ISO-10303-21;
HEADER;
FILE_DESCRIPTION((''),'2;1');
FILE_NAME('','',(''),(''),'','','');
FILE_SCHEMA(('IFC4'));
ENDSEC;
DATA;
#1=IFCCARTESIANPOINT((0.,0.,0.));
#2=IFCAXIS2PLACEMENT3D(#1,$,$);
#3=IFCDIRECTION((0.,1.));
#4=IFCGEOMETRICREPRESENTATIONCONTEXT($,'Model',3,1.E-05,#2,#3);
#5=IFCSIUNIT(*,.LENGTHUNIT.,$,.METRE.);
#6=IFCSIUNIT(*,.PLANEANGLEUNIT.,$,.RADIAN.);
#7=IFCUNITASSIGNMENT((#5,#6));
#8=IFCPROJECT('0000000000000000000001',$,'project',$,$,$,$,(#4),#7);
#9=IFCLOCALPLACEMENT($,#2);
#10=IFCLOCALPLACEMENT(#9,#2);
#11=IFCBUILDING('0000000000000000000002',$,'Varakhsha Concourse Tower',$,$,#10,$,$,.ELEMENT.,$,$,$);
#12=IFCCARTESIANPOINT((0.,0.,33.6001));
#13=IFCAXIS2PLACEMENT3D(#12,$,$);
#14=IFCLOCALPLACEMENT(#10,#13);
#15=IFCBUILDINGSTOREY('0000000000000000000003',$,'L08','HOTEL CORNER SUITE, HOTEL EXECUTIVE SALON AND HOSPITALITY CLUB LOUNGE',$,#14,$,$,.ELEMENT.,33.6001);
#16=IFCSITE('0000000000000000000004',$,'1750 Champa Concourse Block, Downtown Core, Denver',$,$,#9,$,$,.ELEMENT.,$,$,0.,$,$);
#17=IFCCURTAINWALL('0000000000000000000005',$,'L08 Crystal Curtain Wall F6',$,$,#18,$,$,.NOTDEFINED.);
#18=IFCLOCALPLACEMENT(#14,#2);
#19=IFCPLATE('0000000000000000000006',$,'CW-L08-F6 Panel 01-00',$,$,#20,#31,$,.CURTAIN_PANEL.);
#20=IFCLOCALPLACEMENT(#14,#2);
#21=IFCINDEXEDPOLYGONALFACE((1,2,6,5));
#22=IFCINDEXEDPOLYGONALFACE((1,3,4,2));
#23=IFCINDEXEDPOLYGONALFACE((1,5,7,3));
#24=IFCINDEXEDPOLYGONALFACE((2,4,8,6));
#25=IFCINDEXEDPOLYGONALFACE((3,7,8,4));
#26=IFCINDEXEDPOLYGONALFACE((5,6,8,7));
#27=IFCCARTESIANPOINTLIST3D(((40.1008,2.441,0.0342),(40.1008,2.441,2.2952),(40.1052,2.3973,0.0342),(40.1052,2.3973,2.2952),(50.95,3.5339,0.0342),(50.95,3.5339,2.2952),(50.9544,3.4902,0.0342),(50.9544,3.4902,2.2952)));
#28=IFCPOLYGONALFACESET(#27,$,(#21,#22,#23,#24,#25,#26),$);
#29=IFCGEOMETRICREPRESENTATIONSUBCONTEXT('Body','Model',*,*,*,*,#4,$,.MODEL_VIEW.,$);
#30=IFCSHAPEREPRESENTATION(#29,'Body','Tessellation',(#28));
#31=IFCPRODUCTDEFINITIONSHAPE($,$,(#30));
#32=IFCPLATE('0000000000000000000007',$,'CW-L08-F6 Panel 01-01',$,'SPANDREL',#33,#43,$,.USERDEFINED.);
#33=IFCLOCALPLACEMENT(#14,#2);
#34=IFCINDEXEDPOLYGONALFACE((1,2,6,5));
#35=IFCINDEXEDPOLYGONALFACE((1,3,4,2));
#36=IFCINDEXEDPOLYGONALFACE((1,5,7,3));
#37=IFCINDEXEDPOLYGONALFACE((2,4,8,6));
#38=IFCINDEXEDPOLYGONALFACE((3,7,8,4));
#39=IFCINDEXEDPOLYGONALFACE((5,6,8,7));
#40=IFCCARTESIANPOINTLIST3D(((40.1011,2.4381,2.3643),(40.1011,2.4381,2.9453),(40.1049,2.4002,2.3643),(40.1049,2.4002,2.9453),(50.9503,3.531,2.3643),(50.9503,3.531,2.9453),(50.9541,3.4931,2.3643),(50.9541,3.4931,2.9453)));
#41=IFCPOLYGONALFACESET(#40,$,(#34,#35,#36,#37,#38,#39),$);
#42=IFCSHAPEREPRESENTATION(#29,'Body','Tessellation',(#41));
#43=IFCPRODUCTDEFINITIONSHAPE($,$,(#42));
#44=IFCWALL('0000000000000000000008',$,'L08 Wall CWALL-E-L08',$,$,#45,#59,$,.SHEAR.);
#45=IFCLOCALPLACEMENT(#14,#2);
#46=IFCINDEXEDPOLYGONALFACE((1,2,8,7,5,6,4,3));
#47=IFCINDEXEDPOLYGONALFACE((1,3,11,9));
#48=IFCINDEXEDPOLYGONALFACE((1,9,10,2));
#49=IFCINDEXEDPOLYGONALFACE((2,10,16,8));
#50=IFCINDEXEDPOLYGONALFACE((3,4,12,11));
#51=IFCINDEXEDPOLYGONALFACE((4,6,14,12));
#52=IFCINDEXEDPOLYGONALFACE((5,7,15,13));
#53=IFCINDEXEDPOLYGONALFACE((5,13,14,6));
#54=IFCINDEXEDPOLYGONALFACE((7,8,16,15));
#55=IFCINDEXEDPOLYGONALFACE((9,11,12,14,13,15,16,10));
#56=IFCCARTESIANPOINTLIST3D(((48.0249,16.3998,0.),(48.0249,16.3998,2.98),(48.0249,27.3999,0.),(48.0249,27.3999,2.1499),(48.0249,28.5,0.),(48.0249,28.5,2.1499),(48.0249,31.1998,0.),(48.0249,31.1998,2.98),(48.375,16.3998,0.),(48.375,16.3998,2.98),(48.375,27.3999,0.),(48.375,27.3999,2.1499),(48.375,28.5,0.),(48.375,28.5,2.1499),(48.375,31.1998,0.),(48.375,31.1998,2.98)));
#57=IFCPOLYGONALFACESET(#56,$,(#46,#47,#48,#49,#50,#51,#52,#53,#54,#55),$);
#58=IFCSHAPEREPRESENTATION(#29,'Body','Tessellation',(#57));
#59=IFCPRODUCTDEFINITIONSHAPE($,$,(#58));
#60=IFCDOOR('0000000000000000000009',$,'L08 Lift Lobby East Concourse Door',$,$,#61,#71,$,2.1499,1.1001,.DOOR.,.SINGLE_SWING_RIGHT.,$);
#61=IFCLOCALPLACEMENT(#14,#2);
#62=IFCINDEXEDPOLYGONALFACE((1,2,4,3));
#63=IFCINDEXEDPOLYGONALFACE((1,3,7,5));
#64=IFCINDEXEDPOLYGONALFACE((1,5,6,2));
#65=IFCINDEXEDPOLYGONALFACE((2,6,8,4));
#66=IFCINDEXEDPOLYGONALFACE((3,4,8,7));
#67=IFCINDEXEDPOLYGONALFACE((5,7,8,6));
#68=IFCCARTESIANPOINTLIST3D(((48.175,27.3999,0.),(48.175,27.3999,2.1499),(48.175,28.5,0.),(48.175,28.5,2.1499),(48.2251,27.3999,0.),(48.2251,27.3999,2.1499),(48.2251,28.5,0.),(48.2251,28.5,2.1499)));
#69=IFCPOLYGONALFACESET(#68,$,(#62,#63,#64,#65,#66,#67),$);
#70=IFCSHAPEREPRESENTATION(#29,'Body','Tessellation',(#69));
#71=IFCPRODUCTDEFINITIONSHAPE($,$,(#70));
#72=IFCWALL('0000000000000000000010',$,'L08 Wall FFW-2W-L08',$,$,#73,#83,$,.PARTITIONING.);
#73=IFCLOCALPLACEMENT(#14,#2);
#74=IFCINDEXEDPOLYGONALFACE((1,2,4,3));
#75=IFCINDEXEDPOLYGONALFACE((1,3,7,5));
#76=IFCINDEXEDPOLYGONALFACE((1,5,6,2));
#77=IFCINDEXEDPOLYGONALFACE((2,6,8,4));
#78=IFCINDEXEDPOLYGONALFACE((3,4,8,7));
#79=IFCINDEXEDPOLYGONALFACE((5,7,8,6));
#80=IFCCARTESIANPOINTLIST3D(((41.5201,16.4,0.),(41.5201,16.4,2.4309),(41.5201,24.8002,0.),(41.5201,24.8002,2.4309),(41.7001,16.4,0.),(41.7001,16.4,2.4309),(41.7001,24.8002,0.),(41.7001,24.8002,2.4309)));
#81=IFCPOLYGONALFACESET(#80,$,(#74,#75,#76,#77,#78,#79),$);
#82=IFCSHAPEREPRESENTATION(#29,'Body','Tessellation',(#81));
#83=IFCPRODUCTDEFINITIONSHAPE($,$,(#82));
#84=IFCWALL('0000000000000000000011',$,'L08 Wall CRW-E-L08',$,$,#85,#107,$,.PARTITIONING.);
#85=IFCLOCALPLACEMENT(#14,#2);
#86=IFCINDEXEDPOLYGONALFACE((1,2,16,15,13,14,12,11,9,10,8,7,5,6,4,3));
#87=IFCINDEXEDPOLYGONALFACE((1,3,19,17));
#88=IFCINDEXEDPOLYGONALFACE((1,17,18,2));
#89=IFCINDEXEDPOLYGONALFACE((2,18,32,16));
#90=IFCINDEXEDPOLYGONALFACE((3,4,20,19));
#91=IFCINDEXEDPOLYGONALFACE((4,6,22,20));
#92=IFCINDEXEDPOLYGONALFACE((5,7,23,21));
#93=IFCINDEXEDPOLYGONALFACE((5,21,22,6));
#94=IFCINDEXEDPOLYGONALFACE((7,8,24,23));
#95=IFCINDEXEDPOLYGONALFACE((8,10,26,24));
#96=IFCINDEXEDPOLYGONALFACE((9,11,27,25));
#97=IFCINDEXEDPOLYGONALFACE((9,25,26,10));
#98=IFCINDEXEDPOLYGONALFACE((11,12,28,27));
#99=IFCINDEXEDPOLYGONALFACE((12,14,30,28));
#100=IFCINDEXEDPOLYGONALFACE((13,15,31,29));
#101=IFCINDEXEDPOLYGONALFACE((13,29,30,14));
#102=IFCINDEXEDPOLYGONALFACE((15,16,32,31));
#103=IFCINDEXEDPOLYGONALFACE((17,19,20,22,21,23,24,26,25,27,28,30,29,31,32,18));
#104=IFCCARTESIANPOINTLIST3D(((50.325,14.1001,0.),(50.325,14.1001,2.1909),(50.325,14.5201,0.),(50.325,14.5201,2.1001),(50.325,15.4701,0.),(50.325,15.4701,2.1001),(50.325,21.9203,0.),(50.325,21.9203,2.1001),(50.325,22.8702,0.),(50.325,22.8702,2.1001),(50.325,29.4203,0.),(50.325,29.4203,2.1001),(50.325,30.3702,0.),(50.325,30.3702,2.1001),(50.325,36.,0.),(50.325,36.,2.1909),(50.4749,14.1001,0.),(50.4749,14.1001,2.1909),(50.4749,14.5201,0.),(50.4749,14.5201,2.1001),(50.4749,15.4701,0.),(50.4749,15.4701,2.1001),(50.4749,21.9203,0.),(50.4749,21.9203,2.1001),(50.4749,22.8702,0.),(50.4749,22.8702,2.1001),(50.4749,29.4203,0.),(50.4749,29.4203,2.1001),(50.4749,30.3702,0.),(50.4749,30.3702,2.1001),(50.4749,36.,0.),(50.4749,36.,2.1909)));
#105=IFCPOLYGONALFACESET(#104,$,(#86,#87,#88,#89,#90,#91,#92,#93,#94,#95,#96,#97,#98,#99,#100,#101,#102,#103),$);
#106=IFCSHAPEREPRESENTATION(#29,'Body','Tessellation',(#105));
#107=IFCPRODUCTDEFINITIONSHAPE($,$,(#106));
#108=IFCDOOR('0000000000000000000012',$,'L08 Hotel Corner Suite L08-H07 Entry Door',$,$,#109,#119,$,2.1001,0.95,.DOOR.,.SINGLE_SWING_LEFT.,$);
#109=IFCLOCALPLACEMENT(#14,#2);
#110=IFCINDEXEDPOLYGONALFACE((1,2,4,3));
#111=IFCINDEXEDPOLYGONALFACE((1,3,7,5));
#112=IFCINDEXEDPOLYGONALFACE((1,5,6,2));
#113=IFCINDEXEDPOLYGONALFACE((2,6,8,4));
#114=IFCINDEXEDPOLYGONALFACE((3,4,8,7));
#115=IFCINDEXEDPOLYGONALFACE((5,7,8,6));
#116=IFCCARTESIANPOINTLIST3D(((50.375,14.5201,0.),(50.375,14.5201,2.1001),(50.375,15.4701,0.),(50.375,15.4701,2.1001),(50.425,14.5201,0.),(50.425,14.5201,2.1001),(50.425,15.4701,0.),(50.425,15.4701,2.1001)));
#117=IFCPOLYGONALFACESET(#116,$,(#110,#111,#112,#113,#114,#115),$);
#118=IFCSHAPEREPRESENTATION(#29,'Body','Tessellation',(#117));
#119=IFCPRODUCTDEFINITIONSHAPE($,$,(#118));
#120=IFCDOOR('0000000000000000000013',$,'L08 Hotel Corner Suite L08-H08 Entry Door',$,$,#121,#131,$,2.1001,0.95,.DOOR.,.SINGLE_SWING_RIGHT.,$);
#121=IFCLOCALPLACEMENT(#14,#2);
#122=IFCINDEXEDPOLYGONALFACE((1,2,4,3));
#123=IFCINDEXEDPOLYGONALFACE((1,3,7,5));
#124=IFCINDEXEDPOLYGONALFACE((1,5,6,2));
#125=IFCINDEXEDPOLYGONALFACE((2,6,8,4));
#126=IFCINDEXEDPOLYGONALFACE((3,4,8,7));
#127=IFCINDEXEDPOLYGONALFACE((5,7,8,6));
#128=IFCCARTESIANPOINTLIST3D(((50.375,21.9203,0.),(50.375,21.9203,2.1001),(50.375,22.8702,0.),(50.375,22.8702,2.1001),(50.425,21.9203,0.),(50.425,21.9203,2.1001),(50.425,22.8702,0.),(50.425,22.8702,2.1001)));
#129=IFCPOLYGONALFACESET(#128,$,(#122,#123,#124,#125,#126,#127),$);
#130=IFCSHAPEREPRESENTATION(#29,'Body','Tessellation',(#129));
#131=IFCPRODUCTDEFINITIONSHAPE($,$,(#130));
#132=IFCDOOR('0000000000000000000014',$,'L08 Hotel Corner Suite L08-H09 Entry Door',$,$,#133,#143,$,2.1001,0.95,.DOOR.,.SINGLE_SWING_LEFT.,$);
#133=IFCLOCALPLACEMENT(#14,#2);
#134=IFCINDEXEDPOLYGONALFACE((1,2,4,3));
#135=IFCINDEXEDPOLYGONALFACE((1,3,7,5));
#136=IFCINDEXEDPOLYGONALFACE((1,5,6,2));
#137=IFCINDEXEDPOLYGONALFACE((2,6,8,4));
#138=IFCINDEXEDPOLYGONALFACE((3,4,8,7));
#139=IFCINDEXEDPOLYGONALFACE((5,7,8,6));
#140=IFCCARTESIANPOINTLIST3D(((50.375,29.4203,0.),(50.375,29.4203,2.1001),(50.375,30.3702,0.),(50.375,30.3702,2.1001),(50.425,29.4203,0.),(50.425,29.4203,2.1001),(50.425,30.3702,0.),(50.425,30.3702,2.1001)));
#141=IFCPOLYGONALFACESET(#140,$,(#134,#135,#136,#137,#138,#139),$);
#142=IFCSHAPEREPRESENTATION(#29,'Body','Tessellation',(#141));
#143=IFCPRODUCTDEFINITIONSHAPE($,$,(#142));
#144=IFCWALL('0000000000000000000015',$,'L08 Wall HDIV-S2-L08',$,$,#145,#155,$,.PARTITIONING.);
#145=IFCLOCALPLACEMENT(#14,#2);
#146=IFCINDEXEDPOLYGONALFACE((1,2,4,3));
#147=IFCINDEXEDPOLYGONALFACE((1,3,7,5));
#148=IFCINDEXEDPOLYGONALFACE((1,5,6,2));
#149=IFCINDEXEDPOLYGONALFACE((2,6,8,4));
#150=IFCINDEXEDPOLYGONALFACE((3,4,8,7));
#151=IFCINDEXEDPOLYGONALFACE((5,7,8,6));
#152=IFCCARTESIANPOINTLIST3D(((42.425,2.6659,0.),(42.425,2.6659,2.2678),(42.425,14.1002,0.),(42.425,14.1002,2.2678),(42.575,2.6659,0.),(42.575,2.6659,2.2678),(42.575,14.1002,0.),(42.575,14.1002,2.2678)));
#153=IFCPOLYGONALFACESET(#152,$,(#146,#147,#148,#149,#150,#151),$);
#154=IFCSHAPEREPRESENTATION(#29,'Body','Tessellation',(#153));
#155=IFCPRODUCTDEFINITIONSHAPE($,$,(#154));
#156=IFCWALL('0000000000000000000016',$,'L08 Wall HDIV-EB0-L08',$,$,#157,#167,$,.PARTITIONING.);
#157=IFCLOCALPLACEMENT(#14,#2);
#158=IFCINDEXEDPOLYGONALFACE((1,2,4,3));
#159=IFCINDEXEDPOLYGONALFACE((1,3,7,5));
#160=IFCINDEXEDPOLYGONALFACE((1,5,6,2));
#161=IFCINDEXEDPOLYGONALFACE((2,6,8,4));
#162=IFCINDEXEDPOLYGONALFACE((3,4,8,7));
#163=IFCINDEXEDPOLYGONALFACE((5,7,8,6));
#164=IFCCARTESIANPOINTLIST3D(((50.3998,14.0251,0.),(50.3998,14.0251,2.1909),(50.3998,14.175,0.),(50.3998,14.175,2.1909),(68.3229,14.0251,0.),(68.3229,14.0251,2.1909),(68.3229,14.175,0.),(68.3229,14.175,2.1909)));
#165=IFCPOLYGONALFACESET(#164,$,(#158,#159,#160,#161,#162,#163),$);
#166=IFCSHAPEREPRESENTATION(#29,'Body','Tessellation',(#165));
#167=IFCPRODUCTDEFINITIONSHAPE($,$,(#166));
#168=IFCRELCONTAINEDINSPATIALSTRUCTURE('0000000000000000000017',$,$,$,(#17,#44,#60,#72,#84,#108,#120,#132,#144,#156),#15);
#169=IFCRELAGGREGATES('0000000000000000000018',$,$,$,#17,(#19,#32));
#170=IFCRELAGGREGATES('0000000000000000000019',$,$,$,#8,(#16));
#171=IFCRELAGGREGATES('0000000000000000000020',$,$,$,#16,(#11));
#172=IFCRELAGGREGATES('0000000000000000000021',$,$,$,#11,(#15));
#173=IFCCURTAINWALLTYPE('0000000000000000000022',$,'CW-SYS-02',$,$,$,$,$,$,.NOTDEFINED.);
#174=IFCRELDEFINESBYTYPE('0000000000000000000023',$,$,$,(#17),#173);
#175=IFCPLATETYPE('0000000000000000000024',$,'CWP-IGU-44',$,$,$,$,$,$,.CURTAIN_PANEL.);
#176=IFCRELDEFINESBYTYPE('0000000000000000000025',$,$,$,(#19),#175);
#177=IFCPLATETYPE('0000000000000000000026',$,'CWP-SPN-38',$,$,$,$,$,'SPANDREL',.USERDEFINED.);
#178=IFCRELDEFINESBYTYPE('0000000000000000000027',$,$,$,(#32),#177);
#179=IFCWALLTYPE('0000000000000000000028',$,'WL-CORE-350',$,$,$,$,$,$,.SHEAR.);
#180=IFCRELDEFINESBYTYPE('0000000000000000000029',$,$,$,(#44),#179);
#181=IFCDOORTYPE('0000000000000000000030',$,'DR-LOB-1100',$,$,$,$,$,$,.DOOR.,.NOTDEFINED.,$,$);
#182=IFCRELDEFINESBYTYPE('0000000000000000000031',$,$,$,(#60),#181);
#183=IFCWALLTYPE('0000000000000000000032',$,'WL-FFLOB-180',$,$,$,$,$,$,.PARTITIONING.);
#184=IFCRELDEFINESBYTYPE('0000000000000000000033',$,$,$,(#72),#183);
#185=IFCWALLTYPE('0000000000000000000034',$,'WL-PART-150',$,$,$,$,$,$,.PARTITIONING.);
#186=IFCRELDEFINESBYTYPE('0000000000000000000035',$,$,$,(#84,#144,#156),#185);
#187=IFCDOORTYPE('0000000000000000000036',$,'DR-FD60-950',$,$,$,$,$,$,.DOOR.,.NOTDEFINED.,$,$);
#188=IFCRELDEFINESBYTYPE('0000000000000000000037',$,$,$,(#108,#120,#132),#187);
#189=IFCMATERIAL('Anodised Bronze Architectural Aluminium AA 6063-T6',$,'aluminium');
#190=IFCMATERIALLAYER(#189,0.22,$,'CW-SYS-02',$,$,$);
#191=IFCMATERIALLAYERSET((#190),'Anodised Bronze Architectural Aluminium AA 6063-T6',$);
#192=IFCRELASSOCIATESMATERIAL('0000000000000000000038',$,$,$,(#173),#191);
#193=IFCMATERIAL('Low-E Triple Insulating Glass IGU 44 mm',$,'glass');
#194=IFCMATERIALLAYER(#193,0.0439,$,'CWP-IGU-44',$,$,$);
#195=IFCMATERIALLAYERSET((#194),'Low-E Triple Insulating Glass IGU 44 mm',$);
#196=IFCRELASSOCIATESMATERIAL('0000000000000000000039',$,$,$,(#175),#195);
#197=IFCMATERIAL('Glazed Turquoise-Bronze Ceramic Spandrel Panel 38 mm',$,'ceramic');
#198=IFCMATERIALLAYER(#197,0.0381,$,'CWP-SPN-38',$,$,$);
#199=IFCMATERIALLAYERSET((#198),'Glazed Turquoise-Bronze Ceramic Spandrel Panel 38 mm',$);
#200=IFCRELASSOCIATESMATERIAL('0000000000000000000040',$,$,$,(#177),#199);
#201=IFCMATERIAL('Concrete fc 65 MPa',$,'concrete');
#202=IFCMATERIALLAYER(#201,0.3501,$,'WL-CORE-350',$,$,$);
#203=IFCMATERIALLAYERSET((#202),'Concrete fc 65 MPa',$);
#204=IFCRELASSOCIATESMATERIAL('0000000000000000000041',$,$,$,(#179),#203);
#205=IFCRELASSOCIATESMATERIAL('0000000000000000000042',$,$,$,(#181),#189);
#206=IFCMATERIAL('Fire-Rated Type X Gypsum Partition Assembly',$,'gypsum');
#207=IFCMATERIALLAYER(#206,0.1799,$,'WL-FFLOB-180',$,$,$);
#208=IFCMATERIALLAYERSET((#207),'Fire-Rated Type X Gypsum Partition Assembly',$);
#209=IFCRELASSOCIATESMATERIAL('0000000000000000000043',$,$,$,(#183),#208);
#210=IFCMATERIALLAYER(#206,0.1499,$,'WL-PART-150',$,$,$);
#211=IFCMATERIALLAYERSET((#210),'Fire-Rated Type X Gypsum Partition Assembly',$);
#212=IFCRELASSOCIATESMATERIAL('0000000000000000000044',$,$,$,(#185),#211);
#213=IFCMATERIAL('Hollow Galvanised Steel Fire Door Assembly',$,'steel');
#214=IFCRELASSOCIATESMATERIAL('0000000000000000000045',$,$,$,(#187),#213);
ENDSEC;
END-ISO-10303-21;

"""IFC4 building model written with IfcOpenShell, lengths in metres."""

from ifc_helpers import new_model, si_unit, direction, frame, frame_2d, origin, origin_2d, place, context, subcontext, project, spatial, rectangle, extrude, source, transform, mapped, material, layer, layer_set, type_object, type_shapes, element, fill, aggregate, save


model = new_model("IFC4")

# Units and contexts
model_context = context("Model", 3, precision=1e-05, world=origin(), true_north=direction((0.0, 1.0)))
body_context = subcontext(model_context, "Body", "Model", "MODEL_VIEW")
ifc_project = project(units=[si_unit("LENGTHUNIT", "METRE"), si_unit("PLANEANGLEUNIT", "RADIAN")], contexts=[model_context])

# Site, building, storey
site_placement = place(None, origin())
site = spatial("IfcSite", under=ifc_project, at=site_placement, Name="1750 Champa Concourse Block, Downtown Core, Denver", CompositionType="ELEMENT", RefElevation=0.0)
building_placement = place(site_placement, origin())
building = spatial("IfcBuilding", under=site, at=building_placement, Name="Varakhsha Concourse Tower", CompositionType="ELEMENT")
storey_placement = place(building_placement, frame((0.0, 0.0, 33.6001)))
storey = spatial("IfcBuildingStorey", under=building, at=storey_placement, Name="L08", Description="HOTEL CORNER SUITE, HOTEL EXECUTIVE SALON AND HOSPITALITY CLUB LOUNGE", CompositionType="ELEMENT", Elevation=33.6001)

# Curtain wall
ifc_material_1 = material(Name="Anodised Bronze Architectural Aluminium AA 6063-T6", Category="aluminium")
ifc_layer_1 = layer(ifc_material_1, 0.22, Name="CW-SYS-02")
ifc_layer_set_1 = layer_set([ifc_layer_1], Name="Anodised Bronze Architectural Aluminium AA 6063-T6")
curtain_wall_type = type_object("IfcCurtainWallType", Name="CW-SYS-02", PredefinedType="NOTDEFINED", material=ifc_layer_set_1)
curtain_wall_1_placement = place(storey_placement, origin())
curtain_wall_1 = element("IfcCurtainWall", 1, at=curtain_wall_1_placement, inside=storey, type_object=curtain_wall_type, Name="L08 Crystal Curtain Wall F6", PredefinedType="NOTDEFINED")

# Plates
ifc_material_2 = material(Name="Low-E Triple Insulating Glass IGU 44 mm", Category="glass")
ifc_layer_2 = layer(ifc_material_2, 0.0439, Name="CWP-IGU-44")
ifc_layer_set_2 = layer_set([ifc_layer_2], Name="Low-E Triple Insulating Glass IGU 44 mm")
plate_type_1 = type_object("IfcPlateType", Name="CWP-IGU-44", PredefinedType="CURTAIN_PANEL", material=ifc_layer_set_2)
shared_shape_1 = source(origin(), body_context, "Body", "SweptSolid", [
    extrude(rectangle(XDim=10.9041, YDim=0.0439, at=origin_2d()), origin(), (0.0, 0.0, 1.0), 2.261),
])
type_shapes(plate_type_1, [shared_shape_1])
plate_1_placement = place(storey_placement, frame((45.5276, 2.9656, 0.0342), z_axis=(0.0, 0.0, 1.0), x_axis=(-0.994965, -0.100226, 0.0)))
plate_1 = element("IfcPlate", 2, at=plate_1_placement, type_object=plate_type_1, Name="CW-L08-F6 Panel 01-00", PredefinedType="CURTAIN_PANEL", context=body_context, shape_type="MappedRepresentation", body=[
    mapped(shared_shape_1, transform((0.0, 0.0, 0.0), scale=1.0)),
])
ifc_material_3 = material(Name="Glazed Turquoise-Bronze Ceramic Spandrel Panel 38 mm", Category="ceramic")
ifc_layer_3 = layer(ifc_material_3, 0.0381, Name="CWP-SPN-38")
ifc_layer_set_3 = layer_set([ifc_layer_3], Name="Glazed Turquoise-Bronze Ceramic Spandrel Panel 38 mm")
plate_type_2 = type_object("IfcPlateType", Name="CWP-SPN-38", ElementType="SPANDREL", PredefinedType="USERDEFINED", material=ifc_layer_set_3)
shared_shape_2 = source(origin(), body_context, "Body", "SweptSolid", [
    extrude(rectangle(XDim=10.9041, YDim=0.0381, at=origin_2d()), origin(), (0.0, 0.0, 1.0), 0.5811),
])
type_shapes(plate_type_2, [shared_shape_2])
plate_2_placement = place(storey_placement, frame((45.5276, 2.9656, 2.3643), z_axis=(0.0, 0.0, 1.0), x_axis=(-0.994965, -0.100226, 0.0)))
plate_2 = element("IfcPlate", 3, at=plate_2_placement, type_object=plate_type_2, Name="CW-L08-F6 Panel 01-01", ObjectType="SPANDREL", PredefinedType="USERDEFINED", context=body_context, shape_type="MappedRepresentation", body=[
    mapped(shared_shape_2, transform((0.0, 0.0, 0.0), scale=1.0)),
])
aggregate(curtain_wall_1, [plate_1, plate_2])

# Wall, opening, door
ifc_material_4 = material(Name="Concrete fc 65 MPa", Category="concrete")
ifc_layer_4 = layer(ifc_material_4, 0.3501, Name="WL-CORE-350")
ifc_layer_set_4 = layer_set([ifc_layer_4], Name="Concrete fc 65 MPa")
wall_type_1 = type_object("IfcWallType", Name="WL-CORE-350", PredefinedType="SHEAR", material=ifc_layer_set_4)
wall_1_placement = place(storey_placement, frame((48.2, 16.3999, 0.0), z_axis=(0.0, 0.0, 1.0), x_axis=(0.0, 1.0, 0.0)))
wall_1 = element("IfcWall", 4, at=wall_1_placement, inside=storey, type_object=wall_type_1, Name="L08 Wall CWALL-E-L08", PredefinedType="SHEAR", context=body_context, shape_type="SweptSolid", body=[
    extrude(rectangle(XDim=14.8, YDim=0.3501, at=frame_2d((7.3999, 0.0))), origin(), (0.0, 0.0, 1.0), 2.98),
])
opening_1_placement = place(wall_1_placement, frame((11.0, 0.0, 0.0)))
opening_1 = element("IfcOpeningElement", 5, at=opening_1_placement, cuts=wall_1, PredefinedType="OPENING", context=body_context, shape_type="SweptSolid", body=[
    extrude(rectangle(XDim=1.1001, YDim=2.1499, at=frame_2d((0.55, 1.075))), frame((0.0, 0.1851, 0.0), z_axis=(0.0, -1.0, 0.0), x_axis=(1.0, 0.0, 0.0)), (0.0, 0.0, 1.0), 0.3701),
])
door_type_1 = type_object("IfcDoorType", Name="DR-LOB-1100", OperationType="NOTDEFINED", PredefinedType="DOOR", material=ifc_material_1)
door_1_placement = place(opening_1_placement, origin())
door_1 = element("IfcDoor", 6, at=door_1_placement, inside=storey, type_object=door_type_1, Name="L08 Lift Lobby East Concourse Door", OperationType="SINGLE_SWING_RIGHT", OverallHeight=2.1499, OverallWidth=1.1001, PredefinedType="DOOR", context=body_context, shape_type="SweptSolid", body=[
    extrude(rectangle(XDim=1.1001, YDim=2.1499, at=frame_2d((0.55, 1.075))), frame((0.0, 0.0249, 0.0), z_axis=(0.0, -1.0, 0.0), x_axis=(1.0, 0.0, 0.0)), (0.0, 0.0, 1.0), 0.05),
])
fill(opening_1, door_1)

# Wall
ifc_material_5 = material(Name="Fire-Rated Type X Gypsum Partition Assembly", Category="gypsum")
ifc_layer_5 = layer(ifc_material_5, 0.1799, Name="WL-FFLOB-180")
ifc_layer_set_5 = layer_set([ifc_layer_5], Name="Fire-Rated Type X Gypsum Partition Assembly")
wall_type_2 = type_object("IfcWallType", Name="WL-FFLOB-180", PredefinedType="PARTITIONING", material=ifc_layer_set_5)
wall_2_placement = place(storey_placement, frame((41.6101, 16.3999, 0.0), z_axis=(0.0, 0.0, 1.0), x_axis=(0.0, 1.0, 0.0)))
element("IfcWall", 7, at=wall_2_placement, inside=storey, type_object=wall_type_2, Name="L08 Wall FFW-2W-L08", PredefinedType="PARTITIONING", context=body_context, shape_type="SweptSolid", body=[
    extrude(rectangle(XDim=8.4001, YDim=0.1799, at=frame_2d((4.2002, 0.0))), origin(), (0.0, 0.0, 1.0), 2.4309),
])

# Wall, openings, doors
ifc_layer_6 = layer(ifc_material_5, 0.1499, Name="WL-PART-150")
ifc_layer_set_6 = layer_set([ifc_layer_6], Name="Fire-Rated Type X Gypsum Partition Assembly")
wall_type_3 = type_object("IfcWallType", Name="WL-PART-150", PredefinedType="PARTITIONING", material=ifc_layer_set_6)
wall_3_placement = place(storey_placement, frame((50.3999, 14.1001, 0.0), z_axis=(0.0, 0.0, 1.0), x_axis=(0.0, 1.0, 0.0)))
wall_3 = element("IfcWall", 8, at=wall_3_placement, inside=storey, type_object=wall_type_3, Name="L08 Wall CRW-E-L08", PredefinedType="PARTITIONING", context=body_context, shape_type="SweptSolid", body=[
    extrude(rectangle(XDim=21.8999, YDim=0.1499, at=frame_2d((10.95, 0.0))), origin(), (0.0, 0.0, 1.0), 2.1909),
])
opening_2_placement = place(wall_3_placement, frame((0.4199, 0.0, 0.0)))
opening_2 = element("IfcOpeningElement", 9, at=opening_2_placement, cuts=wall_3, PredefinedType="OPENING", context=body_context, shape_type="SweptSolid", body=[
    extrude(rectangle(XDim=0.95, YDim=2.1001, at=frame_2d((0.4751, 1.05))), frame((0.0, 0.085, 0.0), z_axis=(0.0, -1.0, 0.0), x_axis=(1.0, 0.0, 0.0)), (0.0, 0.0, 1.0), 0.1699),
])
opening_3_placement = place(wall_3_placement, frame((7.8201, 0.0, 0.0)))
opening_3 = element("IfcOpeningElement", 10, at=opening_3_placement, cuts=wall_3, PredefinedType="OPENING", context=body_context, shape_type="SweptSolid", body=[
    extrude(rectangle(XDim=0.95, YDim=2.1001, at=frame_2d((0.4751, 1.05))), frame((0.0, 0.085, 0.0), z_axis=(0.0, -1.0, 0.0), x_axis=(1.0, 0.0, 0.0)), (0.0, 0.0, 1.0), 0.1699),
])
opening_4_placement = place(wall_3_placement, frame((15.3201, 0.0, 0.0)))
opening_4 = element("IfcOpeningElement", 11, at=opening_4_placement, cuts=wall_3, PredefinedType="OPENING", context=body_context, shape_type="SweptSolid", body=[
    extrude(rectangle(XDim=0.95, YDim=2.1001, at=frame_2d((0.4751, 1.05))), frame((0.0, 0.085, 0.0), z_axis=(0.0, -1.0, 0.0), x_axis=(1.0, 0.0, 0.0)), (0.0, 0.0, 1.0), 0.1699),
])
ifc_material_6 = material(Name="Hollow Galvanised Steel Fire Door Assembly", Category="steel")
door_type_2 = type_object("IfcDoorType", Name="DR-FD60-950", OperationType="NOTDEFINED", PredefinedType="DOOR", material=ifc_material_6)
door_2_placement = place(opening_2_placement, origin())
door_2 = element("IfcDoor", 12, at=door_2_placement, inside=storey, type_object=door_type_2, Name="L08 Hotel Corner Suite L08-H07 Entry Door", OperationType="SINGLE_SWING_LEFT", OverallHeight=2.1001, OverallWidth=0.95, PredefinedType="DOOR", context=body_context, shape_type="SweptSolid", body=[
    extrude(rectangle(XDim=0.95, YDim=2.1001, at=frame_2d((0.4751, 1.05))), frame((0.0, 0.0249, 0.0), z_axis=(0.0, -1.0, 0.0), x_axis=(1.0, 0.0, 0.0)), (0.0, 0.0, 1.0), 0.05),
])
fill(opening_2, door_2)
door_3_placement = place(opening_3_placement, origin())
door_3 = element("IfcDoor", 13, at=door_3_placement, inside=storey, type_object=door_type_2, Name="L08 Hotel Corner Suite L08-H08 Entry Door", OperationType="SINGLE_SWING_RIGHT", OverallHeight=2.1001, OverallWidth=0.95, PredefinedType="DOOR", context=body_context, shape_type="SweptSolid", body=[
    extrude(rectangle(XDim=0.95, YDim=2.1001, at=frame_2d((0.4751, 1.05))), frame((0.0, 0.0249, 0.0), z_axis=(0.0, -1.0, 0.0), x_axis=(1.0, 0.0, 0.0)), (0.0, 0.0, 1.0), 0.05),
])
fill(opening_3, door_3)
door_4_placement = place(opening_4_placement, origin())
door_4 = element("IfcDoor", 14, at=door_4_placement, inside=storey, type_object=door_type_2, Name="L08 Hotel Corner Suite L08-H09 Entry Door", OperationType="SINGLE_SWING_LEFT", OverallHeight=2.1001, OverallWidth=0.95, PredefinedType="DOOR", context=body_context, shape_type="SweptSolid", body=[
    extrude(rectangle(XDim=0.95, YDim=2.1001, at=frame_2d((0.4751, 1.05))), frame((0.0, 0.0249, 0.0), z_axis=(0.0, -1.0, 0.0), x_axis=(1.0, 0.0, 0.0)), (0.0, 0.0, 1.0), 0.05),
])
fill(opening_4, door_4)

# Walls
wall_4_placement = place(storey_placement, frame((42.5, 2.6658, 0.0), z_axis=(0.0, 0.0, 1.0), x_axis=(0.0, 1.0, 0.0)))
element("IfcWall", 15, at=wall_4_placement, inside=storey, type_object=wall_type_3, Name="L08 Wall HDIV-S2-L08", PredefinedType="PARTITIONING", context=body_context, shape_type="SweptSolid", body=[
    extrude(rectangle(XDim=11.4343, YDim=0.1499, at=frame_2d((5.7173, 0.0))), origin(), (0.0, 0.0, 1.0), 2.2678),
])
wall_5_placement = place(storey_placement, frame((50.3999, 14.1001, 0.0), z_axis=(0.0, 0.0, 1.0), x_axis=(1.0, 0.0, 0.0)))
element("IfcWall", 16, at=wall_5_placement, inside=storey, type_object=wall_type_3, Name="L08 Wall HDIV-EB0-L08", PredefinedType="PARTITIONING", context=body_context, shape_type="SweptSolid", body=[
    extrude(rectangle(XDim=17.9231, YDim=0.1499, at=frame_2d((8.9614, 0.0))), origin(), (0.0, 0.0, 1.0), 2.1909),
])

save(model, "model.ifc")
